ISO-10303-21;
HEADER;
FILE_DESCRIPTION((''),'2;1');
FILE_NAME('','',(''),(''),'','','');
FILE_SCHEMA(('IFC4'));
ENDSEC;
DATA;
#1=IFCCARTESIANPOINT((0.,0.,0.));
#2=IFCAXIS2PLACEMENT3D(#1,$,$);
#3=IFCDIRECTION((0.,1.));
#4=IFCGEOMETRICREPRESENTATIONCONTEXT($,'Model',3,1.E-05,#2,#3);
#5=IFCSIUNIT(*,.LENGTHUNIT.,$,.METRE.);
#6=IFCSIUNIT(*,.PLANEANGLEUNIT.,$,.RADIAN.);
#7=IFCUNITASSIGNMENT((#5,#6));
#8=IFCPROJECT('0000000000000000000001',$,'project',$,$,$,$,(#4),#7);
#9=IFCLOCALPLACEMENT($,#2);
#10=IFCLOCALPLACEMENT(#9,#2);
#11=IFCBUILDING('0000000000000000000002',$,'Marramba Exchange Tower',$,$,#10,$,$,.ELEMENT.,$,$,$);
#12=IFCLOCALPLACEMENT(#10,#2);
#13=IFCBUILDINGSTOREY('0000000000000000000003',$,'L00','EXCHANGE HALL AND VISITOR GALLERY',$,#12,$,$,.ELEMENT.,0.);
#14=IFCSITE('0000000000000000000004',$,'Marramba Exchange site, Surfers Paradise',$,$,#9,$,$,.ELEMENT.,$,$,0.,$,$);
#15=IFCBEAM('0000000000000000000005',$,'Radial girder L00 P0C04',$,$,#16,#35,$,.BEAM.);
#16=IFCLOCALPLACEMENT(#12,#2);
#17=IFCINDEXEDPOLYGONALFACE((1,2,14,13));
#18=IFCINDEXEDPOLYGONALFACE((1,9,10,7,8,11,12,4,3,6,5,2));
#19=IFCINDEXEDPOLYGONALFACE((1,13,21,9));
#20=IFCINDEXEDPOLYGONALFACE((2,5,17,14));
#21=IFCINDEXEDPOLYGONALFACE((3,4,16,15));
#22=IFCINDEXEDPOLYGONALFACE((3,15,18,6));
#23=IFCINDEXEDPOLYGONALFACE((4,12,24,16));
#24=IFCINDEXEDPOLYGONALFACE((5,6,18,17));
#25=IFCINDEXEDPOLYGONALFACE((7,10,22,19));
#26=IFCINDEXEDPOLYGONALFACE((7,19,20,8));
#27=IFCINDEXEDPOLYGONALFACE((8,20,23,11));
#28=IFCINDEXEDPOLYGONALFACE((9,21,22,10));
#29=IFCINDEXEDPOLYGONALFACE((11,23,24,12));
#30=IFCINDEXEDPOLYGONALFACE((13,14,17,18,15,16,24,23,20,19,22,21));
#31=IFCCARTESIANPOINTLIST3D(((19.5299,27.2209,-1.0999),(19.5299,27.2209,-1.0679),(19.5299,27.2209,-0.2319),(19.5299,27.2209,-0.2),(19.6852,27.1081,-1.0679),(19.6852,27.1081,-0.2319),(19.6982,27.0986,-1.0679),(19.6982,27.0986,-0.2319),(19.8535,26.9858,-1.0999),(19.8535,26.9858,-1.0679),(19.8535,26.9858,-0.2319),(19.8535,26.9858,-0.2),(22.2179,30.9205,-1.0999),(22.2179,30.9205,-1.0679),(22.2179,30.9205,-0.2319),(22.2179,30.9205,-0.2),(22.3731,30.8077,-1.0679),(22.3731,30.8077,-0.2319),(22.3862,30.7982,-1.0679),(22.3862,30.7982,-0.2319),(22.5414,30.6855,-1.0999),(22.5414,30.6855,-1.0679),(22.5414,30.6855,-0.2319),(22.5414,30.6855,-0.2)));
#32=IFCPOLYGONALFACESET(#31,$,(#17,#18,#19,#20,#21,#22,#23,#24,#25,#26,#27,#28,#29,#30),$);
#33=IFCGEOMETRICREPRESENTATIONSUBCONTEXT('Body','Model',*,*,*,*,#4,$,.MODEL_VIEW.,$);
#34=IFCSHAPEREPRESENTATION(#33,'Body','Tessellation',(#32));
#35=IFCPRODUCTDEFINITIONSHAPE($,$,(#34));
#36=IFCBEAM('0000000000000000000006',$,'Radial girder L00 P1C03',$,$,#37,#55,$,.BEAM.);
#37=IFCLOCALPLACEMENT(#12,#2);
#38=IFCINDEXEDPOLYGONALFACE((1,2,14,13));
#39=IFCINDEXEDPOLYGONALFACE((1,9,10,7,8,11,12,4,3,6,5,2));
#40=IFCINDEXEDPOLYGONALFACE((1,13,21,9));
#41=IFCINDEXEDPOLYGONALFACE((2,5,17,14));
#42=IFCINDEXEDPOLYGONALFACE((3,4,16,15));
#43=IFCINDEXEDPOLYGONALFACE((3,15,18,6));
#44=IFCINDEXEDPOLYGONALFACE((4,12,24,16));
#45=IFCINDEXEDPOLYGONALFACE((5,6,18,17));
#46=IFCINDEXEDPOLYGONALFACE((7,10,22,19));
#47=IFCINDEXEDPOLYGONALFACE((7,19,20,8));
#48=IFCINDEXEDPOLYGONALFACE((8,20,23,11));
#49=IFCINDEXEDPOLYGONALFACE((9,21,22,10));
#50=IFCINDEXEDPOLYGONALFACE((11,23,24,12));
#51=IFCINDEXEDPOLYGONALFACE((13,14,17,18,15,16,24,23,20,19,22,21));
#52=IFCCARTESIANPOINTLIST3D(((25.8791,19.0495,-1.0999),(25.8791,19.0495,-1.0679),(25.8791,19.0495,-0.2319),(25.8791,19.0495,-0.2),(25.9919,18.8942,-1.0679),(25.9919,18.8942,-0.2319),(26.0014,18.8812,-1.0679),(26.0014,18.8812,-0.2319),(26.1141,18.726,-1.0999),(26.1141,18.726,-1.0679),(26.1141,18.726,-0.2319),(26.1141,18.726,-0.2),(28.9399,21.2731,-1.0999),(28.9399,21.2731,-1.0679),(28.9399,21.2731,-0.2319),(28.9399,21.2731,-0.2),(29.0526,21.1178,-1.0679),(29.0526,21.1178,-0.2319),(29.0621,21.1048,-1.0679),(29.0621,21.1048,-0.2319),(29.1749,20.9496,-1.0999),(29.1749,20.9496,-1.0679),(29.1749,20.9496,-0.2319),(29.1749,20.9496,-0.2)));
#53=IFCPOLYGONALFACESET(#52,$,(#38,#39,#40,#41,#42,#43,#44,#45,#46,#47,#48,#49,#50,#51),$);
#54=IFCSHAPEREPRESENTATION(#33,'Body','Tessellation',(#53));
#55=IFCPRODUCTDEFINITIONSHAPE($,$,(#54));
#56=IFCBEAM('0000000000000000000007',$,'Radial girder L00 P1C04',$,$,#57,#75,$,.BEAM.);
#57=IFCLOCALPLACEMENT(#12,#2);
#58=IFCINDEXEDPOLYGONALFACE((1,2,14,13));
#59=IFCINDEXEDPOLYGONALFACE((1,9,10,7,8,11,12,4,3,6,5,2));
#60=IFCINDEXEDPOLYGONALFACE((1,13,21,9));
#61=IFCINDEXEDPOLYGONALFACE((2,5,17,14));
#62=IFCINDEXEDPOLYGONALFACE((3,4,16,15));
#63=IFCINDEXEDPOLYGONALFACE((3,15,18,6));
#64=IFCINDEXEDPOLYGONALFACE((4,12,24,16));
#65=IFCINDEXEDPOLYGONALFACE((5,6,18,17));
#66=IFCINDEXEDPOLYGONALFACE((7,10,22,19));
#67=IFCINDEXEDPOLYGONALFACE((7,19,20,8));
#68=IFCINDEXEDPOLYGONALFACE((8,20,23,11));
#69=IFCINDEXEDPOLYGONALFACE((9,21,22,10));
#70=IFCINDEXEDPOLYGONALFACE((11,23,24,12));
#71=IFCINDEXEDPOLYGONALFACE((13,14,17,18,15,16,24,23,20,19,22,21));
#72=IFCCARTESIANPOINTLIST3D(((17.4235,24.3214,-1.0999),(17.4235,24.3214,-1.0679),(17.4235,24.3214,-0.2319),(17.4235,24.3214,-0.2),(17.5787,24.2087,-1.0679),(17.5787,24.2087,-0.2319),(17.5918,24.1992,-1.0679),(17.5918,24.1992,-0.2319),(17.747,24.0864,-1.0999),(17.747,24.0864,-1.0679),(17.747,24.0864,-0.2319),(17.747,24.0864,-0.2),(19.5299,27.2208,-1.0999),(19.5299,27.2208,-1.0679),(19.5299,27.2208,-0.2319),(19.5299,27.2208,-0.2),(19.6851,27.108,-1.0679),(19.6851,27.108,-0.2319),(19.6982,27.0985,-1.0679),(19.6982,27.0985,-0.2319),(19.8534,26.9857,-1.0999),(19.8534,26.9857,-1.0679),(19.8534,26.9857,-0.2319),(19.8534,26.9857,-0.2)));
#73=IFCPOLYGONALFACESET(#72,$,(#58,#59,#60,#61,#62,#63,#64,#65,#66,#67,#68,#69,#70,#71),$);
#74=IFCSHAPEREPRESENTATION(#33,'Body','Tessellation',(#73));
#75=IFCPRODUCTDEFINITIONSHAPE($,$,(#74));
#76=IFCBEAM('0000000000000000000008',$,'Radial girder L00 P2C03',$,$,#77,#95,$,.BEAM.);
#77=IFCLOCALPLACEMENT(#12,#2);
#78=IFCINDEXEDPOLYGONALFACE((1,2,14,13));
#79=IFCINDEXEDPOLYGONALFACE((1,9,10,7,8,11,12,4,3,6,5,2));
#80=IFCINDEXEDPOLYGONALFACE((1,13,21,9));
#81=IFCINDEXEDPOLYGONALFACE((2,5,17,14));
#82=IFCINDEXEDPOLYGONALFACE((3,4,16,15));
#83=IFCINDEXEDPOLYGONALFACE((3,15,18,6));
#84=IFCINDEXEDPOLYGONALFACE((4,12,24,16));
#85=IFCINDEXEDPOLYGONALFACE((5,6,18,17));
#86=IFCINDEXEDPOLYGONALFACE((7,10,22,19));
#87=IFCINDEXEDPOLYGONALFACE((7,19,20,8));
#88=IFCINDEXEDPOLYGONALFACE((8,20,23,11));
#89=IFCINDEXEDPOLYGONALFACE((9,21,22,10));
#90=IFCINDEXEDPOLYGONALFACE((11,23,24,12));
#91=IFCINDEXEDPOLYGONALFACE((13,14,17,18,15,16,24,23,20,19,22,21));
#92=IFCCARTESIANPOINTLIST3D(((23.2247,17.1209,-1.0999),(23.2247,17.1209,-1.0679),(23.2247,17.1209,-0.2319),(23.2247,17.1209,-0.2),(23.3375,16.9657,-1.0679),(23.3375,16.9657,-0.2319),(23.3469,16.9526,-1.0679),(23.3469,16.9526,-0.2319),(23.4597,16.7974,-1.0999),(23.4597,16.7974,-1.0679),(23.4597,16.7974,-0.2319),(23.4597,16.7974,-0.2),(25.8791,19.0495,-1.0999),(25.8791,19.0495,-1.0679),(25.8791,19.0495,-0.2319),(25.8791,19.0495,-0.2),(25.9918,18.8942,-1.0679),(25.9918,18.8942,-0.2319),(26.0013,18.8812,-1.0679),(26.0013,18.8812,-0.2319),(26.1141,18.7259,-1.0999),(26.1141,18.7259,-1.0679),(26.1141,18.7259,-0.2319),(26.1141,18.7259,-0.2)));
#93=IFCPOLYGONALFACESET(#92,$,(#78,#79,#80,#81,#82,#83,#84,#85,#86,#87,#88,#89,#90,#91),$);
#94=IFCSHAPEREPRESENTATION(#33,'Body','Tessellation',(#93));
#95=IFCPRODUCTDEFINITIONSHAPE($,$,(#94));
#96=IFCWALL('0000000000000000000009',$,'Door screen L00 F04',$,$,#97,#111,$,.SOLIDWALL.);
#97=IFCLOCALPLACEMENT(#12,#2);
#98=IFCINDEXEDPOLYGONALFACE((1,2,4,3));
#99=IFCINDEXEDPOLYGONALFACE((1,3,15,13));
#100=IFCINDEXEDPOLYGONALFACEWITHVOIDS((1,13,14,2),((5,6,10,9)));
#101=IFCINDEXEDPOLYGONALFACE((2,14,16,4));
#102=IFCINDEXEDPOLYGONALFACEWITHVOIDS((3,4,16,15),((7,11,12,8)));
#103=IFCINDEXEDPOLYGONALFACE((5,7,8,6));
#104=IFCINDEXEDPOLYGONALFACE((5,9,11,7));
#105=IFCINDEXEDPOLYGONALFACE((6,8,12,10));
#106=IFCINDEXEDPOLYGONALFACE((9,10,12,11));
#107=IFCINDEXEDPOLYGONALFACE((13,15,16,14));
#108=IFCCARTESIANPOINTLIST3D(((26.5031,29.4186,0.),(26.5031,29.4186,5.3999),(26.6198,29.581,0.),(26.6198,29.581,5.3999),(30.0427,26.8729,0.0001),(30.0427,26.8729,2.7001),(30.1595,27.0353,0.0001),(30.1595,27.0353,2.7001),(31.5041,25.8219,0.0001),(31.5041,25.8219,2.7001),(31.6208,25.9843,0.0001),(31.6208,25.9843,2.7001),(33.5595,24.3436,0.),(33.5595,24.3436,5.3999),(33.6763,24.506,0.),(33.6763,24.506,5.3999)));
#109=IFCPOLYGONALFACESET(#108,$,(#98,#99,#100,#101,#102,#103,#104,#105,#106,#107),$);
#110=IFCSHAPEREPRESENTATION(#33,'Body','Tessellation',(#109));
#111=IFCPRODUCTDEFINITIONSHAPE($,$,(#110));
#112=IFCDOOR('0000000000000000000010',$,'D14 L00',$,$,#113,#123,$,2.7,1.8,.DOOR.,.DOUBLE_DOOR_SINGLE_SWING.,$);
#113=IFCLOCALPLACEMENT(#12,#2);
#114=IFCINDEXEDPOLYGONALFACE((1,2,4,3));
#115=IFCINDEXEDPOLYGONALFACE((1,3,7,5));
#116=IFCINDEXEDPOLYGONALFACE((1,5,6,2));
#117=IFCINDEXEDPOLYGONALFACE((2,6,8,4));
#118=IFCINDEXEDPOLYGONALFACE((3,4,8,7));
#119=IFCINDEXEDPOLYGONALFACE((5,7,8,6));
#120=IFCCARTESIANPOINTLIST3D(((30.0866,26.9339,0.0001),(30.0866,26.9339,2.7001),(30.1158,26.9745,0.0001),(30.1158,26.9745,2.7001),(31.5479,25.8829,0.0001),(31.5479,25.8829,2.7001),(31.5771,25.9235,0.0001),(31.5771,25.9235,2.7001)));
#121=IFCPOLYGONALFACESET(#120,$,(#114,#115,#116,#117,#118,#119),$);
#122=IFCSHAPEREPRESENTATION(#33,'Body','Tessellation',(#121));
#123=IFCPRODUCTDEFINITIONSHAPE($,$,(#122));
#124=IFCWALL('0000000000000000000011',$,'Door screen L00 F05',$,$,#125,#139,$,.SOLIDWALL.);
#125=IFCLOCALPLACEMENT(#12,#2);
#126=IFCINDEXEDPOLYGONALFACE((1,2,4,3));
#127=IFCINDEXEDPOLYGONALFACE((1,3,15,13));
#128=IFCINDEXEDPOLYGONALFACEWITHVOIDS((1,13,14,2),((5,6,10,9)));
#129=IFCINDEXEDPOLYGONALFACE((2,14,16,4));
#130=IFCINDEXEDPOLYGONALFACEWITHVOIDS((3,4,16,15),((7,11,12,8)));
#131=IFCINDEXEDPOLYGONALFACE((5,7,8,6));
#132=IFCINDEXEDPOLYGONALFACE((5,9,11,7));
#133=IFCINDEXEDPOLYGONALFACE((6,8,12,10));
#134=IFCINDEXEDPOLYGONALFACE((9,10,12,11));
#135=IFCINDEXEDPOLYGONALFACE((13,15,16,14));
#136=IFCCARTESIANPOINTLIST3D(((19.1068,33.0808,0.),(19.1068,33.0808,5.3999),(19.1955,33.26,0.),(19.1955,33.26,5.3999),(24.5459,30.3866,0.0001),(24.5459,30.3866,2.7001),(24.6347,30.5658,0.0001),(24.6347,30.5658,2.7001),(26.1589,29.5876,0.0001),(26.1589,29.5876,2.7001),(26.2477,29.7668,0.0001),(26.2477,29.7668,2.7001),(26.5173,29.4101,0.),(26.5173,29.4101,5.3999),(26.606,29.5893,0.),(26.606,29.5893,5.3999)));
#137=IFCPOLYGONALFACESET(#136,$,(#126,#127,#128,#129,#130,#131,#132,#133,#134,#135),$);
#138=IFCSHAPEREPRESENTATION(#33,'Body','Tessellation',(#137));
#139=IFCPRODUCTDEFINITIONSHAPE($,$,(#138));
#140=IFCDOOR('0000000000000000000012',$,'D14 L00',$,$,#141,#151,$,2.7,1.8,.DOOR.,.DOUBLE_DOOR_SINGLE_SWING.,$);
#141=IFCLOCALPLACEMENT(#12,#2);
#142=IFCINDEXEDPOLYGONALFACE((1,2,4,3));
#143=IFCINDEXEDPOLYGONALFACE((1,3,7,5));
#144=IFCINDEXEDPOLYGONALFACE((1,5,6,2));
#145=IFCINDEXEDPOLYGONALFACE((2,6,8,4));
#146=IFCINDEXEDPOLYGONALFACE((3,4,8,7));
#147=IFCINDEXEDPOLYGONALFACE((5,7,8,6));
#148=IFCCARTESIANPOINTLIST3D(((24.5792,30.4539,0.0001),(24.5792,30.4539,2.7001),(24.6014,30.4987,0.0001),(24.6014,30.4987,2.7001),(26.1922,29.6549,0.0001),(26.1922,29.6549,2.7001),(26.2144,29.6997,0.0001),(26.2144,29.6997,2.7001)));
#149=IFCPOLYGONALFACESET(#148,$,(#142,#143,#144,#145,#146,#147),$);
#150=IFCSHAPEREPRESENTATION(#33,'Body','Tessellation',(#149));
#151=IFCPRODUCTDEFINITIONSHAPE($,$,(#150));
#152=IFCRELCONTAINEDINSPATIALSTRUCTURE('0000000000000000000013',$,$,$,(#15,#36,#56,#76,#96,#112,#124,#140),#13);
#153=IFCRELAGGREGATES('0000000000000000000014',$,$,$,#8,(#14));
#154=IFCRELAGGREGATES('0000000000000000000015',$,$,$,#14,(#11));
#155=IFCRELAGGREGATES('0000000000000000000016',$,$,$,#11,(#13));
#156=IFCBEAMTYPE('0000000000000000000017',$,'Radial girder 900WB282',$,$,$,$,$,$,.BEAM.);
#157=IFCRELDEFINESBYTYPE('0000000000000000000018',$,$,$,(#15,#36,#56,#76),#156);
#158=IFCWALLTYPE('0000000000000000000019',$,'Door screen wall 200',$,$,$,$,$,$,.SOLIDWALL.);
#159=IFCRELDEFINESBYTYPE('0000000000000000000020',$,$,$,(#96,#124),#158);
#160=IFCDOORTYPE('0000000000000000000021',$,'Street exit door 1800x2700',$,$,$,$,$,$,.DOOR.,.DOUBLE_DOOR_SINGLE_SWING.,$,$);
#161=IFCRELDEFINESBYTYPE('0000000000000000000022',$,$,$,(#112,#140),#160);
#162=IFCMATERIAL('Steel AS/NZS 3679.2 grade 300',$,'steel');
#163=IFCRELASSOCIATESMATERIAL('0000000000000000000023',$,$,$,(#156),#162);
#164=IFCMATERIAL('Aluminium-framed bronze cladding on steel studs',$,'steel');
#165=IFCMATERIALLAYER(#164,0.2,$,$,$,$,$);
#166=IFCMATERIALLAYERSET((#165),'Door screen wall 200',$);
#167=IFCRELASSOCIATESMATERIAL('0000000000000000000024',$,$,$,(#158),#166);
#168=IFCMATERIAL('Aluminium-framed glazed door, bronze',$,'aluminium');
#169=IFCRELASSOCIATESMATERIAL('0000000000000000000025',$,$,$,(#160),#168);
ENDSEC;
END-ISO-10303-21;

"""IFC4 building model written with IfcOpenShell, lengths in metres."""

from ifc_helpers import new_model, si_unit, direction, frame, frame_2d, origin, origin_2d, place, context, subcontext, project, spatial, rectangle, i_section, extrude, material, layer, layer_set, material_profile, profile_set, type_object, element, fill, save


model = new_model("IFC4")

# Units and contexts
model_context = context("Model", 3, precision=1e-05, world=origin(), true_north=direction((0.0, 1.0)))
body_context = subcontext(model_context, "Body", "Model", "MODEL_VIEW")
ifc_project = project(units=[si_unit("LENGTHUNIT", "METRE"), si_unit("PLANEANGLEUNIT", "RADIAN")], contexts=[model_context])

# Site, building, storey
site_placement = place(None, origin())
site = spatial("IfcSite", under=ifc_project, at=site_placement, Name="Marramba Exchange site, Surfers Paradise", CompositionType="ELEMENT", RefElevation=0.0)
building_placement = place(site_placement, origin())
building = spatial("IfcBuilding", under=site, at=building_placement, Name="Marramba Exchange Tower", CompositionType="ELEMENT")
storey_placement = place(building_placement, origin())
storey = spatial("IfcBuildingStorey", under=building, at=storey_placement, Name="L00", Description="EXCHANGE HALL AND VISITOR GALLERY", CompositionType="ELEMENT", Elevation=0.0)

# Beams
ifc_material_1 = material(Name="Steel AS/NZS 3679.2 grade 300", Category="steel")
ifc_material_profile_1 = material_profile(ifc_material_1, i_section(OverallWidth=0.3999, OverallDepth=0.8999, WebThickness=0.0161, FlangeThickness=0.032, at=origin_2d()), Name="900WB282")
ifc_profile_set_1 = profile_set([ifc_material_profile_1], Name="Steel AS/NZS 3679.2 grade 300")
beam_type_1 = type_object("IfcBeamType", Name="Radial girder 900WB282", PredefinedType="BEAM", material=ifc_profile_set_1)
beam_1_placement = place(storey_placement, frame((22.3796, 30.803, -0.6499), z_axis=(-0.587784, -0.809018, 0.0), x_axis=(0.809018, -0.587784, 0.0)))
element("IfcBeam", 1, at=beam_1_placement, inside=storey, type_object=beam_type_1, Name="Radial girder L00 P0C04", PredefinedType="BEAM", context=body_context, shape_type="SweptSolid", body=[
    extrude(i_section(OverallWidth=0.3999, OverallDepth=0.8999, WebThickness=0.0161, FlangeThickness=0.032, at=origin_2d()), origin(), (0.0, 0.0, 1.0), 4.573),
])
beam_2_placement = place(storey_placement, frame((29.0574, 21.1113, -0.6499), z_axis=(-0.809037, -0.587757, 0.0), x_axis=(0.587757, -0.809037, 0.0)))
element("IfcBeam", 2, at=beam_2_placement, inside=storey, type_object=beam_type_1, Name="Radial girder L00 P1C03", PredefinedType="BEAM", context=body_context, shape_type="SweptSolid", body=[
    extrude(i_section(OverallWidth=0.3999, OverallDepth=0.8999, WebThickness=0.0161, FlangeThickness=0.032, at=origin_2d()), origin(), (0.0, 0.0, 1.0), 3.7832),
])
beam_3_placement = place(storey_placement, frame((19.6917, 27.1033, -0.6499), z_axis=(-0.587767, -0.809031, 0.0), x_axis=(0.809031, -0.587767, 0.0)))
element("IfcBeam", 3, at=beam_3_placement, inside=storey, type_object=beam_type_1, Name="Radial girder L00 P1C04", PredefinedType="BEAM", context=body_context, shape_type="SweptSolid", body=[
    extrude(i_section(OverallWidth=0.3999, OverallDepth=0.8999, WebThickness=0.0161, FlangeThickness=0.032, at=origin_2d()), origin(), (0.0, 0.0, 1.0), 3.5837),
])
beam_4_placement = place(storey_placement, frame((25.9966, 18.8877, -0.6499), z_axis=(-0.809016, -0.587787, 0.0), x_axis=(0.587787, -0.809016, 0.0)))
element("IfcBeam", 4, at=beam_4_placement, inside=storey, type_object=beam_type_1, Name="Radial girder L00 P2C03", PredefinedType="BEAM", context=body_context, shape_type="SweptSolid", body=[
    extrude(i_section(OverallWidth=0.3999, OverallDepth=0.8999, WebThickness=0.0161, FlangeThickness=0.032, at=origin_2d()), origin(), (0.0, 0.0, 1.0), 3.281),
])

# Walls, openings, doors
ifc_material_2 = material(Name="Aluminium-framed bronze cladding on steel studs", Category="steel")
ifc_layer = layer(ifc_material_2, 0.2)
ifc_layer_set = layer_set([ifc_layer], Name="Door screen wall 200")
wall_type = type_object("IfcWallType", Name="Door screen wall 200", PredefinedType="SOLIDWALL", material=ifc_layer_set)
wall_1_placement = place(storey_placement, frame((33.6179, 24.4248, 0.0), z_axis=(0.0, 0.0, 1.0), x_axis=(-0.811843, 0.583876, 0.0)))
wall_1 = element("IfcWall", 5, at=wall_1_placement, inside=storey, type_object=wall_type, Name="Door screen L00 F04", PredefinedType="SOLIDWALL", context=body_context, shape_type="SweptSolid", body=[
    extrude(rectangle(XDim=8.6919, YDim=0.2, at=frame_2d((4.3459, 0.0))), origin(), (0.0, 0.0, 1.0), 5.3999),
])
opening_1_placement = place(wall_1_placement, frame((2.532, 0.0, 0.0)))
opening_1 = element("IfcOpeningElement", 6, at=opening_1_placement, cuts=wall_1, PredefinedType="OPENING", context=body_context, shape_type="SweptSolid", body=[
    extrude(rectangle(XDim=1.8, YDim=2.7, at=frame_2d((0.8999, 1.3501))), frame((0.0, 0.1099, 0.0), z_axis=(0.0, -1.0, 0.0), x_axis=(1.0, 0.0, 0.0)), (0.0, 0.0, 1.0), 0.22),
])
ifc_material_3 = material(Name="Aluminium-framed glazed door, bronze", Category="aluminium")
door_type = type_object("IfcDoorType", Name="Street exit door 1800x2700", OperationType="DOUBLE_DOOR_SINGLE_SWING", PredefinedType="DOOR", material=ifc_material_3)
door_1_placement = place(opening_1_placement, frame((1.8, 0.0, 0.0), z_axis=(0.0, 0.0, 1.0), x_axis=(-1.0, 0.0, 0.0)))
door_1 = element("IfcDoor", 7, at=door_1_placement, inside=storey, type_object=door_type, Name="D14 L00", OperationType="DOUBLE_DOOR_SINGLE_SWING", OverallHeight=2.7, OverallWidth=1.8, PredefinedType="DOOR", context=body_context, shape_type="SweptSolid", body=[
    extrude(rectangle(XDim=1.8, YDim=2.7, at=frame_2d((0.9001, 1.3501))), frame((0.0, 0.0251, 0.0), z_axis=(0.0, -1.0, 0.0), x_axis=(1.0, 0.0, 0.0)), (0.0, 0.0, 1.0), 0.05),
])
fill(opening_1, door_1)
wall_2_placement = place(storey_placement, frame((26.5615, 29.4998, 0.0), z_axis=(0.0, 0.0, 1.0), x_axis=(-0.896092, 0.443869, 0.0)))
wall_2 = element("IfcWall", 8, at=wall_2_placement, inside=storey, type_object=wall_type, Name="Door screen L00 F05", PredefinedType="SOLIDWALL", context=body_context, shape_type="SweptSolid", body=[
    extrude(rectangle(XDim=8.2698, YDim=0.2, at=frame_2d((4.1348, 0.0))), origin(), (0.0, 0.0, 1.0), 5.3999),
])
opening_2_placement = place(wall_2_placement, frame((0.3999, 0.0, 0.0)))
opening_2 = element("IfcOpeningElement", 9, at=opening_2_placement, cuts=wall_2, PredefinedType="OPENING", context=body_context, shape_type="SweptSolid", body=[
    extrude(rectangle(XDim=1.8, YDim=2.7, at=frame_2d((0.8999, 1.3501))), frame((0.0, 0.1099, 0.0), z_axis=(0.0, -1.0, 0.0), x_axis=(1.0, 0.0, 0.0)), (0.0, 0.0, 1.0), 0.22),
])
door_2_placement = place(opening_2_placement, frame((1.8, 0.0, 0.0), z_axis=(0.0, 0.0, 1.0), x_axis=(-1.0, 0.0, 0.0)))
door_2 = element("IfcDoor", 10, at=door_2_placement, inside=storey, type_object=door_type, Name="D14 L00", OperationType="DOUBLE_DOOR_SINGLE_SWING", OverallHeight=2.7, OverallWidth=1.8, PredefinedType="DOOR", context=body_context, shape_type="SweptSolid", body=[
    extrude(rectangle(XDim=1.8, YDim=2.7, at=frame_2d((0.9001, 1.3501))), frame((0.0, 0.0251, 0.0), z_axis=(0.0, -1.0, 0.0), x_axis=(1.0, 0.0, 0.0)), (0.0, 0.0, 1.0), 0.05),
])
fill(opening_2, door_2)

save(model, "model.ifc")
